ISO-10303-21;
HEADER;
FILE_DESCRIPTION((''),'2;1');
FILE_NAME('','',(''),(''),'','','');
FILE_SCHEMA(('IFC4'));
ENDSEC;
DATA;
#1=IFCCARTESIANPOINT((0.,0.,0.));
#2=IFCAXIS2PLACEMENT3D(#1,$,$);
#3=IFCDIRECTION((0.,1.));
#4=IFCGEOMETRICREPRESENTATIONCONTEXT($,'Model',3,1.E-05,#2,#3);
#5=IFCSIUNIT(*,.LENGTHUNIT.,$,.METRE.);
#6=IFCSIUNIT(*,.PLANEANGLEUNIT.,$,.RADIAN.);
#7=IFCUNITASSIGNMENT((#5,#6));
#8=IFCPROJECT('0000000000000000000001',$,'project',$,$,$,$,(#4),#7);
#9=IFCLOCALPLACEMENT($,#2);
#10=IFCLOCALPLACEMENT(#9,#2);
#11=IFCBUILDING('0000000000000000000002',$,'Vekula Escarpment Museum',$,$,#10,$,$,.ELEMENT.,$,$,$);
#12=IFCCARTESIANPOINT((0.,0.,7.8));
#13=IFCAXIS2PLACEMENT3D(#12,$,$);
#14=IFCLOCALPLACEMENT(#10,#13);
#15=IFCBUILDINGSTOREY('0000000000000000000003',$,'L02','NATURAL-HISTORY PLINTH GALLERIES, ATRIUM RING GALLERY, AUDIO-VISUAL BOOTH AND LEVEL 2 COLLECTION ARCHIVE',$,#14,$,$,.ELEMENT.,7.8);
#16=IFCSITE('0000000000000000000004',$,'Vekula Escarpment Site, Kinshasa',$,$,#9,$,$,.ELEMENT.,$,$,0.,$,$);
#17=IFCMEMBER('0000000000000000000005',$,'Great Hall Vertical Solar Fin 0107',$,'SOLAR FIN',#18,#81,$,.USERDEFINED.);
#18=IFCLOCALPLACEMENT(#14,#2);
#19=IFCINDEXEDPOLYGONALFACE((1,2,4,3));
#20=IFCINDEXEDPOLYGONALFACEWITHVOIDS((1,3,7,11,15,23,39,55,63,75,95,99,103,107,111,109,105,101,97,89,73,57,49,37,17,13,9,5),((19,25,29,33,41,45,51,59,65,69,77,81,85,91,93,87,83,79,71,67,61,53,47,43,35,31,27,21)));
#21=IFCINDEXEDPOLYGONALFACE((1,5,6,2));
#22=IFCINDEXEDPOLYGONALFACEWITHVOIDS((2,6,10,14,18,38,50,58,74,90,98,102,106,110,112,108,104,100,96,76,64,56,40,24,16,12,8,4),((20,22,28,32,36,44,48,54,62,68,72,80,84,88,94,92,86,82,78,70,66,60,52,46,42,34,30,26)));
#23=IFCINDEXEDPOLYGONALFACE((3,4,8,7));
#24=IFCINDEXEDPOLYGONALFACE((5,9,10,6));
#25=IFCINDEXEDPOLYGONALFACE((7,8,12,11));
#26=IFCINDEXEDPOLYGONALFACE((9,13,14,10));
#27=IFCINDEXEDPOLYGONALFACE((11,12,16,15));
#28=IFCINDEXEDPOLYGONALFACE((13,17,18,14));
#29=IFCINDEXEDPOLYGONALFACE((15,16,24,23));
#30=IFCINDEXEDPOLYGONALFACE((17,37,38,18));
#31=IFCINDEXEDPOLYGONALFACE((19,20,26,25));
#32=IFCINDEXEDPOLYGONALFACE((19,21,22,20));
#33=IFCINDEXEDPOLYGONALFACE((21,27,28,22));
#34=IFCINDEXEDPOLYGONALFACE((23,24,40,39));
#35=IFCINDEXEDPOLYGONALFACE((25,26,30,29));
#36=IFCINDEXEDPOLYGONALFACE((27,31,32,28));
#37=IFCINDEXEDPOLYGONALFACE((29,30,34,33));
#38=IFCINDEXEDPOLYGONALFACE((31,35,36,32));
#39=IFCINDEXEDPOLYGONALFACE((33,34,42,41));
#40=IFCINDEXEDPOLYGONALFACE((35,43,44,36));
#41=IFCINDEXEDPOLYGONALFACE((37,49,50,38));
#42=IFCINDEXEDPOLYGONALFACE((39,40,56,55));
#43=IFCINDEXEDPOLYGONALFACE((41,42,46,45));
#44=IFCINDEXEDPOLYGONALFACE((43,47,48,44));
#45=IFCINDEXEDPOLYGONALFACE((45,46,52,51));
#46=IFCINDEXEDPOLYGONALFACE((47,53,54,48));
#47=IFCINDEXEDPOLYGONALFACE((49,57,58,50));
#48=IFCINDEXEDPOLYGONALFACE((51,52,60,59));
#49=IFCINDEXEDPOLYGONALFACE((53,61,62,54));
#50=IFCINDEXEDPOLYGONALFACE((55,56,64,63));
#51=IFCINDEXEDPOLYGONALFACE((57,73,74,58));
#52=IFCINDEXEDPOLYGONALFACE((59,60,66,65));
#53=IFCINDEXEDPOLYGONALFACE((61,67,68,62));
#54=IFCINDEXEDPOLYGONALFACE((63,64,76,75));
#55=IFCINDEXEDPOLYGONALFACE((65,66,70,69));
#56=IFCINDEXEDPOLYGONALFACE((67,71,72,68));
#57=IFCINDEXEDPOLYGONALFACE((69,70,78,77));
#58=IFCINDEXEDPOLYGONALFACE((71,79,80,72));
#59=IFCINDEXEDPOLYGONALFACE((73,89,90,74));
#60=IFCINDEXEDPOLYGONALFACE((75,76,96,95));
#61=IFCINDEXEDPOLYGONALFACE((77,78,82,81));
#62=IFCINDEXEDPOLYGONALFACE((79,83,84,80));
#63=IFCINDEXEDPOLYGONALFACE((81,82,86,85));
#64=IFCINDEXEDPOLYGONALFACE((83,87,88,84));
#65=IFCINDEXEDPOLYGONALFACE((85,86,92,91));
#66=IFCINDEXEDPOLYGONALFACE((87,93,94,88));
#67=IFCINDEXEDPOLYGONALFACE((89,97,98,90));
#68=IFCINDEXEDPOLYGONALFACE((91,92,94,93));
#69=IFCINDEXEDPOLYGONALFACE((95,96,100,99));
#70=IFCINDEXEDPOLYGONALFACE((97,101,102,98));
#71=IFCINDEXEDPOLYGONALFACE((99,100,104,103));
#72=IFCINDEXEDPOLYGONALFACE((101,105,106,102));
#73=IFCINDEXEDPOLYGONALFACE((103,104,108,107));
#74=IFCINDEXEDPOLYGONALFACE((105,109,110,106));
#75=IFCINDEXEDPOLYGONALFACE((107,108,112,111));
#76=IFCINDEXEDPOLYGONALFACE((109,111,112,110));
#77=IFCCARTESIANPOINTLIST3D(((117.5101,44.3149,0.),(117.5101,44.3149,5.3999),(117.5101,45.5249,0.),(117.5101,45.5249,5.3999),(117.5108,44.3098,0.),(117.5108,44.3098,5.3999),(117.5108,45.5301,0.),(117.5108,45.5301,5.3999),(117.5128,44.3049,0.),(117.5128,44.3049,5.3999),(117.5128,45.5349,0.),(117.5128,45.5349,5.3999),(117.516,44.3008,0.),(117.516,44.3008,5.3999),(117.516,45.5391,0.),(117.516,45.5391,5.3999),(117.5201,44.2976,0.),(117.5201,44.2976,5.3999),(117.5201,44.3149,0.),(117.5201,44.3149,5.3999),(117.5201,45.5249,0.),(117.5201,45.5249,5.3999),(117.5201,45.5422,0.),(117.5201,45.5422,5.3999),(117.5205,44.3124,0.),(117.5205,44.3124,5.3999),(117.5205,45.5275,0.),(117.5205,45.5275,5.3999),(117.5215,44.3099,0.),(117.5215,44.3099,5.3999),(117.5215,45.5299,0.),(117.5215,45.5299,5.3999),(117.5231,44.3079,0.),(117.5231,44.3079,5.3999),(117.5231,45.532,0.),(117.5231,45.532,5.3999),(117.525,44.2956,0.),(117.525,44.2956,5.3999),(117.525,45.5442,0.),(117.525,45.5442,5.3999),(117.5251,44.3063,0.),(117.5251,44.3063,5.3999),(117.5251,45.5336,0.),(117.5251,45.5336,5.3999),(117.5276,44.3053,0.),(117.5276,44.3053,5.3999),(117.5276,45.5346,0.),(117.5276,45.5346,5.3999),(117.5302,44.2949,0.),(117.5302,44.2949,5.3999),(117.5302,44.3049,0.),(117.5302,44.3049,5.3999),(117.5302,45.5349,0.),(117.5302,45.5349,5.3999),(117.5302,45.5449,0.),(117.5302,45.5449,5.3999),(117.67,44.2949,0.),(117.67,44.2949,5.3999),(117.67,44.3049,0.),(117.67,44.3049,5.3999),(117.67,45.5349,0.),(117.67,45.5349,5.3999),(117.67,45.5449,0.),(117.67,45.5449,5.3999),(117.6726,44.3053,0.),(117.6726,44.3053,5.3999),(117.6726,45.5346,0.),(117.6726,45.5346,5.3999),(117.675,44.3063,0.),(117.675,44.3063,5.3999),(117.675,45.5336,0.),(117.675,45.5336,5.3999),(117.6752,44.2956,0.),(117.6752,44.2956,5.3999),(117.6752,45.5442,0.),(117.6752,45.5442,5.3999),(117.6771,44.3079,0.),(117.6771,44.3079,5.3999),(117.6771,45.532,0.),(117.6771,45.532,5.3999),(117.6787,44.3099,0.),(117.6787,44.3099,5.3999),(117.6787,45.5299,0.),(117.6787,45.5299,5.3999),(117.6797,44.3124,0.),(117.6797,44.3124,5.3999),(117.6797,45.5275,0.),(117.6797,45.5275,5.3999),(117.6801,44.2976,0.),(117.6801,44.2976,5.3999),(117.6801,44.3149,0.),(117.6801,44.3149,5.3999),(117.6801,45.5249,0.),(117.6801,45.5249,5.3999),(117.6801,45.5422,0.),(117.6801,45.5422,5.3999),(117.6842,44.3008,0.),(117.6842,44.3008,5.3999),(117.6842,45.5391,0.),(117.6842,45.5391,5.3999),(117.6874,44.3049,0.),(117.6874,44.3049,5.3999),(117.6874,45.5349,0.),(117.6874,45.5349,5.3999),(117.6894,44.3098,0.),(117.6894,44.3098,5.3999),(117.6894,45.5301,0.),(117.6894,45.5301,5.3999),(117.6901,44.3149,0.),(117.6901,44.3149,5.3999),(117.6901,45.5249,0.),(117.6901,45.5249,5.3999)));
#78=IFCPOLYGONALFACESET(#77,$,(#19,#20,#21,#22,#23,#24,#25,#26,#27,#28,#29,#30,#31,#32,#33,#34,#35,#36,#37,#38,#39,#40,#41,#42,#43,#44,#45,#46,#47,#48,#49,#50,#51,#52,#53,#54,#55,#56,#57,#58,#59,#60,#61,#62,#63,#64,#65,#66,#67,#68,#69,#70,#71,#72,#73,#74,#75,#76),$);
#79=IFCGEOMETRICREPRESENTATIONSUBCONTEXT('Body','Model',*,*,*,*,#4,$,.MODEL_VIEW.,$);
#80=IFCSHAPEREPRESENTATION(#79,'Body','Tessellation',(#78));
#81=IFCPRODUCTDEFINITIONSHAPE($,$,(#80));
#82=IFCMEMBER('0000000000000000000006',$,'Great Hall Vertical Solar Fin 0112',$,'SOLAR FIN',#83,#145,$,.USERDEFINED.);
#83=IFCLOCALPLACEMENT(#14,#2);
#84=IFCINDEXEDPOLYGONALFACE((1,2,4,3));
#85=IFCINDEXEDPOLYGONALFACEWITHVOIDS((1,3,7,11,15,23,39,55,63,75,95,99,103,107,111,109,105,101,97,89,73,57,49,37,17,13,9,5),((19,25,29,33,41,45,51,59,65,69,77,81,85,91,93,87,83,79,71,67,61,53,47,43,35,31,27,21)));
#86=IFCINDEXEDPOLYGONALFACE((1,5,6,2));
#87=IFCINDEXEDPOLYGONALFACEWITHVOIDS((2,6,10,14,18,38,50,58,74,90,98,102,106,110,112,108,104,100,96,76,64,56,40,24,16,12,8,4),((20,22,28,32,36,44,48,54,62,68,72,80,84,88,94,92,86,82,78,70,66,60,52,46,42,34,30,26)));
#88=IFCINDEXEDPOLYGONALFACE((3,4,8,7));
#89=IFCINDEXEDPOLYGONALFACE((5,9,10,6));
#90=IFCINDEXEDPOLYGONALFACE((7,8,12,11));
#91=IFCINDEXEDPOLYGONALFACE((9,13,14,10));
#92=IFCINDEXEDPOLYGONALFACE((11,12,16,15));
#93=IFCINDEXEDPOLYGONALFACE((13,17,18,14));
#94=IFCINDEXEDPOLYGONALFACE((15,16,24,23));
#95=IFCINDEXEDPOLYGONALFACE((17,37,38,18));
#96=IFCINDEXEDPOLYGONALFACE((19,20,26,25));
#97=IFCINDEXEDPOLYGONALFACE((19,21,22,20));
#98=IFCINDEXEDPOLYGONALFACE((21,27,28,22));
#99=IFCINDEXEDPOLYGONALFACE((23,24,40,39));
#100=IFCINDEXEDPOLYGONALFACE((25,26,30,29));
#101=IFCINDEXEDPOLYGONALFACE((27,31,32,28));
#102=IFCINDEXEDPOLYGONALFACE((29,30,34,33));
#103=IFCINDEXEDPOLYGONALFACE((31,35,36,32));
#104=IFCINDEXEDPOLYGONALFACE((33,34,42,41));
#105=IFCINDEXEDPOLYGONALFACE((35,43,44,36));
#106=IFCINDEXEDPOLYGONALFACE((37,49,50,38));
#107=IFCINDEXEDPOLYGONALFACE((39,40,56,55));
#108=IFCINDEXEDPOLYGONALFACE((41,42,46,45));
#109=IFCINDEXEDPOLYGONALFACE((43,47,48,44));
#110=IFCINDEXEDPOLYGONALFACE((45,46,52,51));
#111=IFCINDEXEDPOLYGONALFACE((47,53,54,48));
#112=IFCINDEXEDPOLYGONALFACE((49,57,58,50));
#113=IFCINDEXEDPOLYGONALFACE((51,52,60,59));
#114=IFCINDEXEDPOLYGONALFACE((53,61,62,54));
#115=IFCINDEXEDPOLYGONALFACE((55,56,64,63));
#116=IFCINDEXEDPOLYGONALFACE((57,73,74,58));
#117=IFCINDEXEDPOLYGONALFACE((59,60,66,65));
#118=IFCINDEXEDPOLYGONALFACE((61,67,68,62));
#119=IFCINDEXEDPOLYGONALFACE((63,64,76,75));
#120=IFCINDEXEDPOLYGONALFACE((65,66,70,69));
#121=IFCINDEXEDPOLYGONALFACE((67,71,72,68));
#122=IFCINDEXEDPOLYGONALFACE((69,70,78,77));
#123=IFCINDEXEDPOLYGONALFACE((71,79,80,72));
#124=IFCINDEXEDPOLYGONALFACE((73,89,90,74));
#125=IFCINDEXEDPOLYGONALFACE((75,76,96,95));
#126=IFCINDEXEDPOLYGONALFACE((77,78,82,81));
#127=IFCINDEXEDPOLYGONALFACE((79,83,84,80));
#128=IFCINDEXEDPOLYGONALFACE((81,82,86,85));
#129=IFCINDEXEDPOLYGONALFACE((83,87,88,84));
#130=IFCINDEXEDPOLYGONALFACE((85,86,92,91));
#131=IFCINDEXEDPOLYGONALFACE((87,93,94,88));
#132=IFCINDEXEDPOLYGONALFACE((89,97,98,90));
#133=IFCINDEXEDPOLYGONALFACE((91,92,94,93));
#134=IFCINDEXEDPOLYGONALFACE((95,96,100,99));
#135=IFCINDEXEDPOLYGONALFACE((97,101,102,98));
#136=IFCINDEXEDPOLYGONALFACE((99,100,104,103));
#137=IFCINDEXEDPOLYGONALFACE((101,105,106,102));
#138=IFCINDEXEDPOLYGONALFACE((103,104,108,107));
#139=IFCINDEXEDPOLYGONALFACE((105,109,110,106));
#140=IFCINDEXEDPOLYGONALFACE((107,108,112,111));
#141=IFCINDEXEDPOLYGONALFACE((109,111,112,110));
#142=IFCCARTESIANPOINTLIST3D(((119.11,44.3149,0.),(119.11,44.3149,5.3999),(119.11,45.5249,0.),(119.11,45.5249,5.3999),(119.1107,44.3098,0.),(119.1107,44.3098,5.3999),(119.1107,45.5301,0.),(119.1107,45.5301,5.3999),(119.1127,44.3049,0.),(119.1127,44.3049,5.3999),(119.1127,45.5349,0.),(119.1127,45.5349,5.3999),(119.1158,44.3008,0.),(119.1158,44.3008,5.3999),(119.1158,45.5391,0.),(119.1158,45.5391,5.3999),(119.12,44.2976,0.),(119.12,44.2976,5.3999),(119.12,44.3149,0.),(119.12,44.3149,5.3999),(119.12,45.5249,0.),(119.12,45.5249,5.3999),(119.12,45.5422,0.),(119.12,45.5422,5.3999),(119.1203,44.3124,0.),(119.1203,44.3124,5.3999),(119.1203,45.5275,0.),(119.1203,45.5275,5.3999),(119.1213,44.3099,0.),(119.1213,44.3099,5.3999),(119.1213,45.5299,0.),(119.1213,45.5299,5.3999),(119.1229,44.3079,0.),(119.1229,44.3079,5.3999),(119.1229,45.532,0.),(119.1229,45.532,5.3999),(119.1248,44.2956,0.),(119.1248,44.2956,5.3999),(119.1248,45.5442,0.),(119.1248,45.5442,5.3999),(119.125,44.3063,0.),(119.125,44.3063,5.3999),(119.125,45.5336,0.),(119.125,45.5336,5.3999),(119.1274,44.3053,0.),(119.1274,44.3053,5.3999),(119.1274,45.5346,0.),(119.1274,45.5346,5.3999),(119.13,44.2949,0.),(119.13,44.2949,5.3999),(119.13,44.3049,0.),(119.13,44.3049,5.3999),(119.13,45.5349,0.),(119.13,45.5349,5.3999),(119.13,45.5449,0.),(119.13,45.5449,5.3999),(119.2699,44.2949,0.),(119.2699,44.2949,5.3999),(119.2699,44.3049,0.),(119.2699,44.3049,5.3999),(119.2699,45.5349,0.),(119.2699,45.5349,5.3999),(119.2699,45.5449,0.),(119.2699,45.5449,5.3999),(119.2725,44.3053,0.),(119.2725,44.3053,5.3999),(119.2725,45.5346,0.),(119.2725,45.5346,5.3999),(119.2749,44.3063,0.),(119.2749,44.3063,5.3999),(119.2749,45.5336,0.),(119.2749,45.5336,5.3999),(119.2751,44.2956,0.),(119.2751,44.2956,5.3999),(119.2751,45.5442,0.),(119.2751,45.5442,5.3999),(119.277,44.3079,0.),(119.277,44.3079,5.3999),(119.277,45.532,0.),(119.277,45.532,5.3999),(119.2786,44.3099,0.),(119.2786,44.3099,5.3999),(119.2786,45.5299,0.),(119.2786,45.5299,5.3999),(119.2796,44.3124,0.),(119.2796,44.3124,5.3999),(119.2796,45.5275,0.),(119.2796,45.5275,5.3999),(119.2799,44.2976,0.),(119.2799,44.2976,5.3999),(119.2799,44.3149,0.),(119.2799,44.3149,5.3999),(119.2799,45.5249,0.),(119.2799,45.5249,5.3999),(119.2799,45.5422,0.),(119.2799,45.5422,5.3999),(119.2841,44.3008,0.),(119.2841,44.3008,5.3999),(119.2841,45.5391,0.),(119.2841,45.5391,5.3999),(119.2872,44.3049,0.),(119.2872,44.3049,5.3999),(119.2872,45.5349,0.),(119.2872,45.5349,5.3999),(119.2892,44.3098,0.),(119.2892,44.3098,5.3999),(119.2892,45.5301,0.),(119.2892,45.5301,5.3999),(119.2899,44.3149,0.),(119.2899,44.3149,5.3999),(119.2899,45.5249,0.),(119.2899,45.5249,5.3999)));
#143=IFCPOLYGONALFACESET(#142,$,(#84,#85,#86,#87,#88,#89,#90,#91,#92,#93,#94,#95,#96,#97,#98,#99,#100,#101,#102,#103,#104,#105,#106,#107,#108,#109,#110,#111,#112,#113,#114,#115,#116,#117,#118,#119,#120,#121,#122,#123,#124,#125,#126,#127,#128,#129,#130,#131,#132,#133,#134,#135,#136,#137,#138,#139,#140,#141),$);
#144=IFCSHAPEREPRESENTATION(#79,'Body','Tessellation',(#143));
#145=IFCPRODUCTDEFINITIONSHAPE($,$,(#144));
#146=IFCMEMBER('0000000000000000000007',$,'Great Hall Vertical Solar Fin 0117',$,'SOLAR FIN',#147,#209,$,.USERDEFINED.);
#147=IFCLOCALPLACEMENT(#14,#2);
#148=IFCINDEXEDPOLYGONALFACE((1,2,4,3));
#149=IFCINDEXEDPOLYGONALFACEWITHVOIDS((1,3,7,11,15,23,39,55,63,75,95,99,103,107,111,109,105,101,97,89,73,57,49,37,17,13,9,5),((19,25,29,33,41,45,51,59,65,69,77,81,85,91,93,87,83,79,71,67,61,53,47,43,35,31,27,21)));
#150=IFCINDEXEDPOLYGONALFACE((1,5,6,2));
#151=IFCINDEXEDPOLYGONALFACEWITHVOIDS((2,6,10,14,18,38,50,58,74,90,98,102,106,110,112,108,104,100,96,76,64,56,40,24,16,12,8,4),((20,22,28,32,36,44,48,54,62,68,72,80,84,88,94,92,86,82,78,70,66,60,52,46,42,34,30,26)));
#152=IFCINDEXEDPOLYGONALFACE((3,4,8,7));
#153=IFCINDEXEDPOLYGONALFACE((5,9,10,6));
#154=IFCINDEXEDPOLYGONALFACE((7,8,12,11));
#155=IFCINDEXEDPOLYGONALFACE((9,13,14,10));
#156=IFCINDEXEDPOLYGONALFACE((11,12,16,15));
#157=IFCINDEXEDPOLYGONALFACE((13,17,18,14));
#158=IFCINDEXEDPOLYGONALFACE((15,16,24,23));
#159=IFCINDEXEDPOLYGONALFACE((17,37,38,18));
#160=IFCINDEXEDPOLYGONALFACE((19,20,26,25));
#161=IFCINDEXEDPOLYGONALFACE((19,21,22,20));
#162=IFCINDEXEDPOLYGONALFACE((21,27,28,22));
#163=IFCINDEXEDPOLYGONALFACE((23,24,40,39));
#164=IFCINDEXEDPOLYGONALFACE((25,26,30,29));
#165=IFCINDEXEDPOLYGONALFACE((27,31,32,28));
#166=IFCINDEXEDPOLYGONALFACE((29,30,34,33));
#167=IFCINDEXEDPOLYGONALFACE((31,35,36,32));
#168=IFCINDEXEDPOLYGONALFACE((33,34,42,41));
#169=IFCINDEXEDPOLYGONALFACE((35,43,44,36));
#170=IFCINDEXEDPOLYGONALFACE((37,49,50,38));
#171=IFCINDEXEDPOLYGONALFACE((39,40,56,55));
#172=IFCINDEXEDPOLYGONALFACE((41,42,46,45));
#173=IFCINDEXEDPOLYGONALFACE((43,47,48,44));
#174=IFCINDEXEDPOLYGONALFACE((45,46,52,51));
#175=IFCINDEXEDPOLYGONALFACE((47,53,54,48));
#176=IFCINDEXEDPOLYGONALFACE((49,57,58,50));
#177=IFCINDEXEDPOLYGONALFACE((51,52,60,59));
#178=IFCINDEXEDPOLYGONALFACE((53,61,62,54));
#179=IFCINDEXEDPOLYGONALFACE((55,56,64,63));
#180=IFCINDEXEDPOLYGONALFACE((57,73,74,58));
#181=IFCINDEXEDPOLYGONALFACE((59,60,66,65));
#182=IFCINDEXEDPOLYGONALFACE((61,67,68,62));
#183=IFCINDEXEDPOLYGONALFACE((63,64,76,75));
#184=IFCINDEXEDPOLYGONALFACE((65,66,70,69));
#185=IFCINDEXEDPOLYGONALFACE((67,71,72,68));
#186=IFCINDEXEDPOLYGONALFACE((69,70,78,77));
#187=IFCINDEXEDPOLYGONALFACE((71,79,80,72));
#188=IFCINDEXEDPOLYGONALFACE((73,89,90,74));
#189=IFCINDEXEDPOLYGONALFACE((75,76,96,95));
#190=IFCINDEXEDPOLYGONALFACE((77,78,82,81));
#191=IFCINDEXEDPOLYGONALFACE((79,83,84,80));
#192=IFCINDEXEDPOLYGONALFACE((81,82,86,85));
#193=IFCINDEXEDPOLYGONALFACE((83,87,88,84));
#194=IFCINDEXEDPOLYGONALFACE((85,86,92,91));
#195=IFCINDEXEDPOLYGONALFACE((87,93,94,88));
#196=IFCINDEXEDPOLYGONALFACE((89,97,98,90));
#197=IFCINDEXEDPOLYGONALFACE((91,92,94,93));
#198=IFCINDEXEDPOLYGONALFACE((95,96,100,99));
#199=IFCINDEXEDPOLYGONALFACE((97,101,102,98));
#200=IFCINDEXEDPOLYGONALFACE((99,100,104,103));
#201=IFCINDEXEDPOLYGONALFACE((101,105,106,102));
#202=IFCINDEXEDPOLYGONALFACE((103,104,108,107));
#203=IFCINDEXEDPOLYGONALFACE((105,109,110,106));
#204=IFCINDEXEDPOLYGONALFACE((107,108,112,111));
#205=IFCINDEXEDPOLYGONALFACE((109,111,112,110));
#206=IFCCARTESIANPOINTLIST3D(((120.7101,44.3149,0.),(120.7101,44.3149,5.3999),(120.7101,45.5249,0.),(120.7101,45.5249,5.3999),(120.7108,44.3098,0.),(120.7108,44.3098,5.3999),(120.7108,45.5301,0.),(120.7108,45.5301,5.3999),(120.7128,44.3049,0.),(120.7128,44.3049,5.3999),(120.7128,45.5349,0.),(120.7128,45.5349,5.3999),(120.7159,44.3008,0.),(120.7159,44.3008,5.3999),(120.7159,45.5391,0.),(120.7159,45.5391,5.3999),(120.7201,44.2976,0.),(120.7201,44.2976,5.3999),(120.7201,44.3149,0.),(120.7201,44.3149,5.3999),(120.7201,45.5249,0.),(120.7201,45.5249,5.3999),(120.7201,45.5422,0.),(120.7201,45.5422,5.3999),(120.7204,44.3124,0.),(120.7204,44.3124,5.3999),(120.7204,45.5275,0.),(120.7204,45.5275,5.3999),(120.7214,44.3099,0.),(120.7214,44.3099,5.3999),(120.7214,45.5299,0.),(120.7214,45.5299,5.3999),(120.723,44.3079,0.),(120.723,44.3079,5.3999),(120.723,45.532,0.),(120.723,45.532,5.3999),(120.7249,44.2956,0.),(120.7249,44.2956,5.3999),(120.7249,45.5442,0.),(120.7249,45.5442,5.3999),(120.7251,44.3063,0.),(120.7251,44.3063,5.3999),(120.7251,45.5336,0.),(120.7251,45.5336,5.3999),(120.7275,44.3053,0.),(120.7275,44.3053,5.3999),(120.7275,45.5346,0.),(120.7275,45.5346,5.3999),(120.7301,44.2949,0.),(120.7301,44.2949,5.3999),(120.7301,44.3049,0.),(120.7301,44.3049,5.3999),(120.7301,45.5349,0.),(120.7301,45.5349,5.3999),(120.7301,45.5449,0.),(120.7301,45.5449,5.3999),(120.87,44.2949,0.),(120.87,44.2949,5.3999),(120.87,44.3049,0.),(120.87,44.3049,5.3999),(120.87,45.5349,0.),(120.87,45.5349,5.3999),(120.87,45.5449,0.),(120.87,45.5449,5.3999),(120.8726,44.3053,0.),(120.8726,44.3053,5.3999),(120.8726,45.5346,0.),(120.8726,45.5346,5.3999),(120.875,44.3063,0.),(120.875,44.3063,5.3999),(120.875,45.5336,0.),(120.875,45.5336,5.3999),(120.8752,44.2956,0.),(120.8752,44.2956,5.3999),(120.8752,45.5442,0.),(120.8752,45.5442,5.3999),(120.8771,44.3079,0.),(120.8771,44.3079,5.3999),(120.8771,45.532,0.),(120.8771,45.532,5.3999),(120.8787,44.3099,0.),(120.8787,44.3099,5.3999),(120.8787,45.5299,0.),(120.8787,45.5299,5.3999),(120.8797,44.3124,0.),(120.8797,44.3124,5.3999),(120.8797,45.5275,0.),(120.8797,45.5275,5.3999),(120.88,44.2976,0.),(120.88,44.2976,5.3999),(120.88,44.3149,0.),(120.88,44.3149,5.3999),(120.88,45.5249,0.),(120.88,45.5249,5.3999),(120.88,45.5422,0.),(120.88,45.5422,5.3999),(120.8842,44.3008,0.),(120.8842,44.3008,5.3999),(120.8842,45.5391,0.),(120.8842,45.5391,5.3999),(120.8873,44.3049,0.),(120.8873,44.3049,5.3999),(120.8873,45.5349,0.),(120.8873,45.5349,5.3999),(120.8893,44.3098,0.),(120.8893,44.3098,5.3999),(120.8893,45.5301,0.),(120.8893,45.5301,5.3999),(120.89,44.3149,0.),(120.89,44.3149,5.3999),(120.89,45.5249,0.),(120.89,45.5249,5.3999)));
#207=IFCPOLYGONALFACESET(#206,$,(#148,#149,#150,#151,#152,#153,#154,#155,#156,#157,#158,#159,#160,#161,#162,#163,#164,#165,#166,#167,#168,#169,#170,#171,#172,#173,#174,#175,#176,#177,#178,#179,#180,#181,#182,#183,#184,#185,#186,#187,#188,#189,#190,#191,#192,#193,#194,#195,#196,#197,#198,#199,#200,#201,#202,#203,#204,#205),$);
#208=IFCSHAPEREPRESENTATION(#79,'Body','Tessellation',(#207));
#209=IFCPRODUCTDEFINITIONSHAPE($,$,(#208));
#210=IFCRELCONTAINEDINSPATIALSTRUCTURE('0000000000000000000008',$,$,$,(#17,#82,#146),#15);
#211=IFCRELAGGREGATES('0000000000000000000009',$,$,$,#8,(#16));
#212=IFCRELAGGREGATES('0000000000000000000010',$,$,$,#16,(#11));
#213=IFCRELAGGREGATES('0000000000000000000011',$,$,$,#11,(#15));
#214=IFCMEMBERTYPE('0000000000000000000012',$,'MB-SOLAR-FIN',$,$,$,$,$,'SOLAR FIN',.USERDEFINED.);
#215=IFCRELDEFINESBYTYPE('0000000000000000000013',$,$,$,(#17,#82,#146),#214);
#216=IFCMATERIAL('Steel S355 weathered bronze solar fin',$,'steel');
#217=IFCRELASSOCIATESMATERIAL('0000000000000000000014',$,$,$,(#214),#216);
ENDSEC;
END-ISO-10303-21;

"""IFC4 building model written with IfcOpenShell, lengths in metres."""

from ifc_helpers import new_model, si_unit, direction, frame, origin, origin_2d, place, context, subcontext, project, spatial, hollow_rectangle, extrude, material, material_profile, profile_set, type_object, element, save


model = new_model("IFC4")

# Units and contexts
model_context = context("Model", 3, precision=1e-05, world=origin(), true_north=direction((0.0, 1.0)))
body_context = subcontext(model_context, "Body", "Model", "MODEL_VIEW")
ifc_project = project(units=[si_unit("LENGTHUNIT", "METRE"), si_unit("PLANEANGLEUNIT", "RADIAN")], contexts=[model_context])

# Site, building, storey
site_placement = place(None, origin())
site = spatial("IfcSite", under=ifc_project, at=site_placement, Name="Vekula Escarpment Site, Kinshasa", CompositionType="ELEMENT", RefElevation=0.0)
building_placement = place(site_placement, origin())
building = spatial("IfcBuilding", under=site, at=building_placement, Name="Vekula Escarpment Museum", CompositionType="ELEMENT")
storey_placement = place(building_placement, frame((0.0, 0.0, 7.8)))
storey = spatial("IfcBuildingStorey", under=building, at=storey_placement, Name="L02", Description="NATURAL-HISTORY PLINTH GALLERIES, ATRIUM RING GALLERY, AUDIO-VISUAL BOOTH AND LEVEL 2 COLLECTION ARCHIVE", CompositionType="ELEMENT", Elevation=7.8)

# Members
ifc_material_1 = material(Name="Steel S355 weathered bronze solar fin", Category="steel")
ifc_material_profile_1 = material_profile(ifc_material_1, hollow_rectangle(XDim=0.1799, YDim=1.25, WallThickness=0.01, InnerFilletRadius=0.01, OuterFilletRadius=0.02, at=origin_2d()), Name="RHS 1250x180x10")
ifc_profile_set_1 = profile_set([ifc_material_profile_1], Name="Steel S355 weathered bronze solar fin")
member_type_1 = type_object("IfcMemberType", Name="MB-SOLAR-FIN", ElementType="SOLAR FIN", PredefinedType="USERDEFINED", material=ifc_profile_set_1)
for number, where, z_axis, x_axis, name in (
    (1, (117.6001, 44.9199, 0.0), (0.0, 0.0, 1.0), (1.0, 0.0, 0.0), "Great Hall Vertical Solar Fin 0107"),
    (2, (119.2, 44.9199, 0.0), (0.0, 0.0, 1.0), (1.0, 0.0, 0.0), "Great Hall Vertical Solar Fin 0112"),
    (3, (120.8, 44.9199, 0.0), (0.0, 0.0, 1.0), (1.0, 0.0, 0.0), "Great Hall Vertical Solar Fin 0117"),
):
    element("IfcMember", number, at=place(storey_placement, frame(where, z_axis=z_axis, x_axis=x_axis)), inside=storey, type_object=member_type_1, Name=name, ObjectType="SOLAR FIN", PredefinedType="USERDEFINED", context=body_context, shape_type="SweptSolid", body=[
        extrude(hollow_rectangle(XDim=0.1799, YDim=1.25, WallThickness=0.01, InnerFilletRadius=0.01, OuterFilletRadius=0.02, at=origin_2d()), origin(), (0.0, 0.0, 1.0), 5.3999),
    ])

save(model, "model.ifc")
